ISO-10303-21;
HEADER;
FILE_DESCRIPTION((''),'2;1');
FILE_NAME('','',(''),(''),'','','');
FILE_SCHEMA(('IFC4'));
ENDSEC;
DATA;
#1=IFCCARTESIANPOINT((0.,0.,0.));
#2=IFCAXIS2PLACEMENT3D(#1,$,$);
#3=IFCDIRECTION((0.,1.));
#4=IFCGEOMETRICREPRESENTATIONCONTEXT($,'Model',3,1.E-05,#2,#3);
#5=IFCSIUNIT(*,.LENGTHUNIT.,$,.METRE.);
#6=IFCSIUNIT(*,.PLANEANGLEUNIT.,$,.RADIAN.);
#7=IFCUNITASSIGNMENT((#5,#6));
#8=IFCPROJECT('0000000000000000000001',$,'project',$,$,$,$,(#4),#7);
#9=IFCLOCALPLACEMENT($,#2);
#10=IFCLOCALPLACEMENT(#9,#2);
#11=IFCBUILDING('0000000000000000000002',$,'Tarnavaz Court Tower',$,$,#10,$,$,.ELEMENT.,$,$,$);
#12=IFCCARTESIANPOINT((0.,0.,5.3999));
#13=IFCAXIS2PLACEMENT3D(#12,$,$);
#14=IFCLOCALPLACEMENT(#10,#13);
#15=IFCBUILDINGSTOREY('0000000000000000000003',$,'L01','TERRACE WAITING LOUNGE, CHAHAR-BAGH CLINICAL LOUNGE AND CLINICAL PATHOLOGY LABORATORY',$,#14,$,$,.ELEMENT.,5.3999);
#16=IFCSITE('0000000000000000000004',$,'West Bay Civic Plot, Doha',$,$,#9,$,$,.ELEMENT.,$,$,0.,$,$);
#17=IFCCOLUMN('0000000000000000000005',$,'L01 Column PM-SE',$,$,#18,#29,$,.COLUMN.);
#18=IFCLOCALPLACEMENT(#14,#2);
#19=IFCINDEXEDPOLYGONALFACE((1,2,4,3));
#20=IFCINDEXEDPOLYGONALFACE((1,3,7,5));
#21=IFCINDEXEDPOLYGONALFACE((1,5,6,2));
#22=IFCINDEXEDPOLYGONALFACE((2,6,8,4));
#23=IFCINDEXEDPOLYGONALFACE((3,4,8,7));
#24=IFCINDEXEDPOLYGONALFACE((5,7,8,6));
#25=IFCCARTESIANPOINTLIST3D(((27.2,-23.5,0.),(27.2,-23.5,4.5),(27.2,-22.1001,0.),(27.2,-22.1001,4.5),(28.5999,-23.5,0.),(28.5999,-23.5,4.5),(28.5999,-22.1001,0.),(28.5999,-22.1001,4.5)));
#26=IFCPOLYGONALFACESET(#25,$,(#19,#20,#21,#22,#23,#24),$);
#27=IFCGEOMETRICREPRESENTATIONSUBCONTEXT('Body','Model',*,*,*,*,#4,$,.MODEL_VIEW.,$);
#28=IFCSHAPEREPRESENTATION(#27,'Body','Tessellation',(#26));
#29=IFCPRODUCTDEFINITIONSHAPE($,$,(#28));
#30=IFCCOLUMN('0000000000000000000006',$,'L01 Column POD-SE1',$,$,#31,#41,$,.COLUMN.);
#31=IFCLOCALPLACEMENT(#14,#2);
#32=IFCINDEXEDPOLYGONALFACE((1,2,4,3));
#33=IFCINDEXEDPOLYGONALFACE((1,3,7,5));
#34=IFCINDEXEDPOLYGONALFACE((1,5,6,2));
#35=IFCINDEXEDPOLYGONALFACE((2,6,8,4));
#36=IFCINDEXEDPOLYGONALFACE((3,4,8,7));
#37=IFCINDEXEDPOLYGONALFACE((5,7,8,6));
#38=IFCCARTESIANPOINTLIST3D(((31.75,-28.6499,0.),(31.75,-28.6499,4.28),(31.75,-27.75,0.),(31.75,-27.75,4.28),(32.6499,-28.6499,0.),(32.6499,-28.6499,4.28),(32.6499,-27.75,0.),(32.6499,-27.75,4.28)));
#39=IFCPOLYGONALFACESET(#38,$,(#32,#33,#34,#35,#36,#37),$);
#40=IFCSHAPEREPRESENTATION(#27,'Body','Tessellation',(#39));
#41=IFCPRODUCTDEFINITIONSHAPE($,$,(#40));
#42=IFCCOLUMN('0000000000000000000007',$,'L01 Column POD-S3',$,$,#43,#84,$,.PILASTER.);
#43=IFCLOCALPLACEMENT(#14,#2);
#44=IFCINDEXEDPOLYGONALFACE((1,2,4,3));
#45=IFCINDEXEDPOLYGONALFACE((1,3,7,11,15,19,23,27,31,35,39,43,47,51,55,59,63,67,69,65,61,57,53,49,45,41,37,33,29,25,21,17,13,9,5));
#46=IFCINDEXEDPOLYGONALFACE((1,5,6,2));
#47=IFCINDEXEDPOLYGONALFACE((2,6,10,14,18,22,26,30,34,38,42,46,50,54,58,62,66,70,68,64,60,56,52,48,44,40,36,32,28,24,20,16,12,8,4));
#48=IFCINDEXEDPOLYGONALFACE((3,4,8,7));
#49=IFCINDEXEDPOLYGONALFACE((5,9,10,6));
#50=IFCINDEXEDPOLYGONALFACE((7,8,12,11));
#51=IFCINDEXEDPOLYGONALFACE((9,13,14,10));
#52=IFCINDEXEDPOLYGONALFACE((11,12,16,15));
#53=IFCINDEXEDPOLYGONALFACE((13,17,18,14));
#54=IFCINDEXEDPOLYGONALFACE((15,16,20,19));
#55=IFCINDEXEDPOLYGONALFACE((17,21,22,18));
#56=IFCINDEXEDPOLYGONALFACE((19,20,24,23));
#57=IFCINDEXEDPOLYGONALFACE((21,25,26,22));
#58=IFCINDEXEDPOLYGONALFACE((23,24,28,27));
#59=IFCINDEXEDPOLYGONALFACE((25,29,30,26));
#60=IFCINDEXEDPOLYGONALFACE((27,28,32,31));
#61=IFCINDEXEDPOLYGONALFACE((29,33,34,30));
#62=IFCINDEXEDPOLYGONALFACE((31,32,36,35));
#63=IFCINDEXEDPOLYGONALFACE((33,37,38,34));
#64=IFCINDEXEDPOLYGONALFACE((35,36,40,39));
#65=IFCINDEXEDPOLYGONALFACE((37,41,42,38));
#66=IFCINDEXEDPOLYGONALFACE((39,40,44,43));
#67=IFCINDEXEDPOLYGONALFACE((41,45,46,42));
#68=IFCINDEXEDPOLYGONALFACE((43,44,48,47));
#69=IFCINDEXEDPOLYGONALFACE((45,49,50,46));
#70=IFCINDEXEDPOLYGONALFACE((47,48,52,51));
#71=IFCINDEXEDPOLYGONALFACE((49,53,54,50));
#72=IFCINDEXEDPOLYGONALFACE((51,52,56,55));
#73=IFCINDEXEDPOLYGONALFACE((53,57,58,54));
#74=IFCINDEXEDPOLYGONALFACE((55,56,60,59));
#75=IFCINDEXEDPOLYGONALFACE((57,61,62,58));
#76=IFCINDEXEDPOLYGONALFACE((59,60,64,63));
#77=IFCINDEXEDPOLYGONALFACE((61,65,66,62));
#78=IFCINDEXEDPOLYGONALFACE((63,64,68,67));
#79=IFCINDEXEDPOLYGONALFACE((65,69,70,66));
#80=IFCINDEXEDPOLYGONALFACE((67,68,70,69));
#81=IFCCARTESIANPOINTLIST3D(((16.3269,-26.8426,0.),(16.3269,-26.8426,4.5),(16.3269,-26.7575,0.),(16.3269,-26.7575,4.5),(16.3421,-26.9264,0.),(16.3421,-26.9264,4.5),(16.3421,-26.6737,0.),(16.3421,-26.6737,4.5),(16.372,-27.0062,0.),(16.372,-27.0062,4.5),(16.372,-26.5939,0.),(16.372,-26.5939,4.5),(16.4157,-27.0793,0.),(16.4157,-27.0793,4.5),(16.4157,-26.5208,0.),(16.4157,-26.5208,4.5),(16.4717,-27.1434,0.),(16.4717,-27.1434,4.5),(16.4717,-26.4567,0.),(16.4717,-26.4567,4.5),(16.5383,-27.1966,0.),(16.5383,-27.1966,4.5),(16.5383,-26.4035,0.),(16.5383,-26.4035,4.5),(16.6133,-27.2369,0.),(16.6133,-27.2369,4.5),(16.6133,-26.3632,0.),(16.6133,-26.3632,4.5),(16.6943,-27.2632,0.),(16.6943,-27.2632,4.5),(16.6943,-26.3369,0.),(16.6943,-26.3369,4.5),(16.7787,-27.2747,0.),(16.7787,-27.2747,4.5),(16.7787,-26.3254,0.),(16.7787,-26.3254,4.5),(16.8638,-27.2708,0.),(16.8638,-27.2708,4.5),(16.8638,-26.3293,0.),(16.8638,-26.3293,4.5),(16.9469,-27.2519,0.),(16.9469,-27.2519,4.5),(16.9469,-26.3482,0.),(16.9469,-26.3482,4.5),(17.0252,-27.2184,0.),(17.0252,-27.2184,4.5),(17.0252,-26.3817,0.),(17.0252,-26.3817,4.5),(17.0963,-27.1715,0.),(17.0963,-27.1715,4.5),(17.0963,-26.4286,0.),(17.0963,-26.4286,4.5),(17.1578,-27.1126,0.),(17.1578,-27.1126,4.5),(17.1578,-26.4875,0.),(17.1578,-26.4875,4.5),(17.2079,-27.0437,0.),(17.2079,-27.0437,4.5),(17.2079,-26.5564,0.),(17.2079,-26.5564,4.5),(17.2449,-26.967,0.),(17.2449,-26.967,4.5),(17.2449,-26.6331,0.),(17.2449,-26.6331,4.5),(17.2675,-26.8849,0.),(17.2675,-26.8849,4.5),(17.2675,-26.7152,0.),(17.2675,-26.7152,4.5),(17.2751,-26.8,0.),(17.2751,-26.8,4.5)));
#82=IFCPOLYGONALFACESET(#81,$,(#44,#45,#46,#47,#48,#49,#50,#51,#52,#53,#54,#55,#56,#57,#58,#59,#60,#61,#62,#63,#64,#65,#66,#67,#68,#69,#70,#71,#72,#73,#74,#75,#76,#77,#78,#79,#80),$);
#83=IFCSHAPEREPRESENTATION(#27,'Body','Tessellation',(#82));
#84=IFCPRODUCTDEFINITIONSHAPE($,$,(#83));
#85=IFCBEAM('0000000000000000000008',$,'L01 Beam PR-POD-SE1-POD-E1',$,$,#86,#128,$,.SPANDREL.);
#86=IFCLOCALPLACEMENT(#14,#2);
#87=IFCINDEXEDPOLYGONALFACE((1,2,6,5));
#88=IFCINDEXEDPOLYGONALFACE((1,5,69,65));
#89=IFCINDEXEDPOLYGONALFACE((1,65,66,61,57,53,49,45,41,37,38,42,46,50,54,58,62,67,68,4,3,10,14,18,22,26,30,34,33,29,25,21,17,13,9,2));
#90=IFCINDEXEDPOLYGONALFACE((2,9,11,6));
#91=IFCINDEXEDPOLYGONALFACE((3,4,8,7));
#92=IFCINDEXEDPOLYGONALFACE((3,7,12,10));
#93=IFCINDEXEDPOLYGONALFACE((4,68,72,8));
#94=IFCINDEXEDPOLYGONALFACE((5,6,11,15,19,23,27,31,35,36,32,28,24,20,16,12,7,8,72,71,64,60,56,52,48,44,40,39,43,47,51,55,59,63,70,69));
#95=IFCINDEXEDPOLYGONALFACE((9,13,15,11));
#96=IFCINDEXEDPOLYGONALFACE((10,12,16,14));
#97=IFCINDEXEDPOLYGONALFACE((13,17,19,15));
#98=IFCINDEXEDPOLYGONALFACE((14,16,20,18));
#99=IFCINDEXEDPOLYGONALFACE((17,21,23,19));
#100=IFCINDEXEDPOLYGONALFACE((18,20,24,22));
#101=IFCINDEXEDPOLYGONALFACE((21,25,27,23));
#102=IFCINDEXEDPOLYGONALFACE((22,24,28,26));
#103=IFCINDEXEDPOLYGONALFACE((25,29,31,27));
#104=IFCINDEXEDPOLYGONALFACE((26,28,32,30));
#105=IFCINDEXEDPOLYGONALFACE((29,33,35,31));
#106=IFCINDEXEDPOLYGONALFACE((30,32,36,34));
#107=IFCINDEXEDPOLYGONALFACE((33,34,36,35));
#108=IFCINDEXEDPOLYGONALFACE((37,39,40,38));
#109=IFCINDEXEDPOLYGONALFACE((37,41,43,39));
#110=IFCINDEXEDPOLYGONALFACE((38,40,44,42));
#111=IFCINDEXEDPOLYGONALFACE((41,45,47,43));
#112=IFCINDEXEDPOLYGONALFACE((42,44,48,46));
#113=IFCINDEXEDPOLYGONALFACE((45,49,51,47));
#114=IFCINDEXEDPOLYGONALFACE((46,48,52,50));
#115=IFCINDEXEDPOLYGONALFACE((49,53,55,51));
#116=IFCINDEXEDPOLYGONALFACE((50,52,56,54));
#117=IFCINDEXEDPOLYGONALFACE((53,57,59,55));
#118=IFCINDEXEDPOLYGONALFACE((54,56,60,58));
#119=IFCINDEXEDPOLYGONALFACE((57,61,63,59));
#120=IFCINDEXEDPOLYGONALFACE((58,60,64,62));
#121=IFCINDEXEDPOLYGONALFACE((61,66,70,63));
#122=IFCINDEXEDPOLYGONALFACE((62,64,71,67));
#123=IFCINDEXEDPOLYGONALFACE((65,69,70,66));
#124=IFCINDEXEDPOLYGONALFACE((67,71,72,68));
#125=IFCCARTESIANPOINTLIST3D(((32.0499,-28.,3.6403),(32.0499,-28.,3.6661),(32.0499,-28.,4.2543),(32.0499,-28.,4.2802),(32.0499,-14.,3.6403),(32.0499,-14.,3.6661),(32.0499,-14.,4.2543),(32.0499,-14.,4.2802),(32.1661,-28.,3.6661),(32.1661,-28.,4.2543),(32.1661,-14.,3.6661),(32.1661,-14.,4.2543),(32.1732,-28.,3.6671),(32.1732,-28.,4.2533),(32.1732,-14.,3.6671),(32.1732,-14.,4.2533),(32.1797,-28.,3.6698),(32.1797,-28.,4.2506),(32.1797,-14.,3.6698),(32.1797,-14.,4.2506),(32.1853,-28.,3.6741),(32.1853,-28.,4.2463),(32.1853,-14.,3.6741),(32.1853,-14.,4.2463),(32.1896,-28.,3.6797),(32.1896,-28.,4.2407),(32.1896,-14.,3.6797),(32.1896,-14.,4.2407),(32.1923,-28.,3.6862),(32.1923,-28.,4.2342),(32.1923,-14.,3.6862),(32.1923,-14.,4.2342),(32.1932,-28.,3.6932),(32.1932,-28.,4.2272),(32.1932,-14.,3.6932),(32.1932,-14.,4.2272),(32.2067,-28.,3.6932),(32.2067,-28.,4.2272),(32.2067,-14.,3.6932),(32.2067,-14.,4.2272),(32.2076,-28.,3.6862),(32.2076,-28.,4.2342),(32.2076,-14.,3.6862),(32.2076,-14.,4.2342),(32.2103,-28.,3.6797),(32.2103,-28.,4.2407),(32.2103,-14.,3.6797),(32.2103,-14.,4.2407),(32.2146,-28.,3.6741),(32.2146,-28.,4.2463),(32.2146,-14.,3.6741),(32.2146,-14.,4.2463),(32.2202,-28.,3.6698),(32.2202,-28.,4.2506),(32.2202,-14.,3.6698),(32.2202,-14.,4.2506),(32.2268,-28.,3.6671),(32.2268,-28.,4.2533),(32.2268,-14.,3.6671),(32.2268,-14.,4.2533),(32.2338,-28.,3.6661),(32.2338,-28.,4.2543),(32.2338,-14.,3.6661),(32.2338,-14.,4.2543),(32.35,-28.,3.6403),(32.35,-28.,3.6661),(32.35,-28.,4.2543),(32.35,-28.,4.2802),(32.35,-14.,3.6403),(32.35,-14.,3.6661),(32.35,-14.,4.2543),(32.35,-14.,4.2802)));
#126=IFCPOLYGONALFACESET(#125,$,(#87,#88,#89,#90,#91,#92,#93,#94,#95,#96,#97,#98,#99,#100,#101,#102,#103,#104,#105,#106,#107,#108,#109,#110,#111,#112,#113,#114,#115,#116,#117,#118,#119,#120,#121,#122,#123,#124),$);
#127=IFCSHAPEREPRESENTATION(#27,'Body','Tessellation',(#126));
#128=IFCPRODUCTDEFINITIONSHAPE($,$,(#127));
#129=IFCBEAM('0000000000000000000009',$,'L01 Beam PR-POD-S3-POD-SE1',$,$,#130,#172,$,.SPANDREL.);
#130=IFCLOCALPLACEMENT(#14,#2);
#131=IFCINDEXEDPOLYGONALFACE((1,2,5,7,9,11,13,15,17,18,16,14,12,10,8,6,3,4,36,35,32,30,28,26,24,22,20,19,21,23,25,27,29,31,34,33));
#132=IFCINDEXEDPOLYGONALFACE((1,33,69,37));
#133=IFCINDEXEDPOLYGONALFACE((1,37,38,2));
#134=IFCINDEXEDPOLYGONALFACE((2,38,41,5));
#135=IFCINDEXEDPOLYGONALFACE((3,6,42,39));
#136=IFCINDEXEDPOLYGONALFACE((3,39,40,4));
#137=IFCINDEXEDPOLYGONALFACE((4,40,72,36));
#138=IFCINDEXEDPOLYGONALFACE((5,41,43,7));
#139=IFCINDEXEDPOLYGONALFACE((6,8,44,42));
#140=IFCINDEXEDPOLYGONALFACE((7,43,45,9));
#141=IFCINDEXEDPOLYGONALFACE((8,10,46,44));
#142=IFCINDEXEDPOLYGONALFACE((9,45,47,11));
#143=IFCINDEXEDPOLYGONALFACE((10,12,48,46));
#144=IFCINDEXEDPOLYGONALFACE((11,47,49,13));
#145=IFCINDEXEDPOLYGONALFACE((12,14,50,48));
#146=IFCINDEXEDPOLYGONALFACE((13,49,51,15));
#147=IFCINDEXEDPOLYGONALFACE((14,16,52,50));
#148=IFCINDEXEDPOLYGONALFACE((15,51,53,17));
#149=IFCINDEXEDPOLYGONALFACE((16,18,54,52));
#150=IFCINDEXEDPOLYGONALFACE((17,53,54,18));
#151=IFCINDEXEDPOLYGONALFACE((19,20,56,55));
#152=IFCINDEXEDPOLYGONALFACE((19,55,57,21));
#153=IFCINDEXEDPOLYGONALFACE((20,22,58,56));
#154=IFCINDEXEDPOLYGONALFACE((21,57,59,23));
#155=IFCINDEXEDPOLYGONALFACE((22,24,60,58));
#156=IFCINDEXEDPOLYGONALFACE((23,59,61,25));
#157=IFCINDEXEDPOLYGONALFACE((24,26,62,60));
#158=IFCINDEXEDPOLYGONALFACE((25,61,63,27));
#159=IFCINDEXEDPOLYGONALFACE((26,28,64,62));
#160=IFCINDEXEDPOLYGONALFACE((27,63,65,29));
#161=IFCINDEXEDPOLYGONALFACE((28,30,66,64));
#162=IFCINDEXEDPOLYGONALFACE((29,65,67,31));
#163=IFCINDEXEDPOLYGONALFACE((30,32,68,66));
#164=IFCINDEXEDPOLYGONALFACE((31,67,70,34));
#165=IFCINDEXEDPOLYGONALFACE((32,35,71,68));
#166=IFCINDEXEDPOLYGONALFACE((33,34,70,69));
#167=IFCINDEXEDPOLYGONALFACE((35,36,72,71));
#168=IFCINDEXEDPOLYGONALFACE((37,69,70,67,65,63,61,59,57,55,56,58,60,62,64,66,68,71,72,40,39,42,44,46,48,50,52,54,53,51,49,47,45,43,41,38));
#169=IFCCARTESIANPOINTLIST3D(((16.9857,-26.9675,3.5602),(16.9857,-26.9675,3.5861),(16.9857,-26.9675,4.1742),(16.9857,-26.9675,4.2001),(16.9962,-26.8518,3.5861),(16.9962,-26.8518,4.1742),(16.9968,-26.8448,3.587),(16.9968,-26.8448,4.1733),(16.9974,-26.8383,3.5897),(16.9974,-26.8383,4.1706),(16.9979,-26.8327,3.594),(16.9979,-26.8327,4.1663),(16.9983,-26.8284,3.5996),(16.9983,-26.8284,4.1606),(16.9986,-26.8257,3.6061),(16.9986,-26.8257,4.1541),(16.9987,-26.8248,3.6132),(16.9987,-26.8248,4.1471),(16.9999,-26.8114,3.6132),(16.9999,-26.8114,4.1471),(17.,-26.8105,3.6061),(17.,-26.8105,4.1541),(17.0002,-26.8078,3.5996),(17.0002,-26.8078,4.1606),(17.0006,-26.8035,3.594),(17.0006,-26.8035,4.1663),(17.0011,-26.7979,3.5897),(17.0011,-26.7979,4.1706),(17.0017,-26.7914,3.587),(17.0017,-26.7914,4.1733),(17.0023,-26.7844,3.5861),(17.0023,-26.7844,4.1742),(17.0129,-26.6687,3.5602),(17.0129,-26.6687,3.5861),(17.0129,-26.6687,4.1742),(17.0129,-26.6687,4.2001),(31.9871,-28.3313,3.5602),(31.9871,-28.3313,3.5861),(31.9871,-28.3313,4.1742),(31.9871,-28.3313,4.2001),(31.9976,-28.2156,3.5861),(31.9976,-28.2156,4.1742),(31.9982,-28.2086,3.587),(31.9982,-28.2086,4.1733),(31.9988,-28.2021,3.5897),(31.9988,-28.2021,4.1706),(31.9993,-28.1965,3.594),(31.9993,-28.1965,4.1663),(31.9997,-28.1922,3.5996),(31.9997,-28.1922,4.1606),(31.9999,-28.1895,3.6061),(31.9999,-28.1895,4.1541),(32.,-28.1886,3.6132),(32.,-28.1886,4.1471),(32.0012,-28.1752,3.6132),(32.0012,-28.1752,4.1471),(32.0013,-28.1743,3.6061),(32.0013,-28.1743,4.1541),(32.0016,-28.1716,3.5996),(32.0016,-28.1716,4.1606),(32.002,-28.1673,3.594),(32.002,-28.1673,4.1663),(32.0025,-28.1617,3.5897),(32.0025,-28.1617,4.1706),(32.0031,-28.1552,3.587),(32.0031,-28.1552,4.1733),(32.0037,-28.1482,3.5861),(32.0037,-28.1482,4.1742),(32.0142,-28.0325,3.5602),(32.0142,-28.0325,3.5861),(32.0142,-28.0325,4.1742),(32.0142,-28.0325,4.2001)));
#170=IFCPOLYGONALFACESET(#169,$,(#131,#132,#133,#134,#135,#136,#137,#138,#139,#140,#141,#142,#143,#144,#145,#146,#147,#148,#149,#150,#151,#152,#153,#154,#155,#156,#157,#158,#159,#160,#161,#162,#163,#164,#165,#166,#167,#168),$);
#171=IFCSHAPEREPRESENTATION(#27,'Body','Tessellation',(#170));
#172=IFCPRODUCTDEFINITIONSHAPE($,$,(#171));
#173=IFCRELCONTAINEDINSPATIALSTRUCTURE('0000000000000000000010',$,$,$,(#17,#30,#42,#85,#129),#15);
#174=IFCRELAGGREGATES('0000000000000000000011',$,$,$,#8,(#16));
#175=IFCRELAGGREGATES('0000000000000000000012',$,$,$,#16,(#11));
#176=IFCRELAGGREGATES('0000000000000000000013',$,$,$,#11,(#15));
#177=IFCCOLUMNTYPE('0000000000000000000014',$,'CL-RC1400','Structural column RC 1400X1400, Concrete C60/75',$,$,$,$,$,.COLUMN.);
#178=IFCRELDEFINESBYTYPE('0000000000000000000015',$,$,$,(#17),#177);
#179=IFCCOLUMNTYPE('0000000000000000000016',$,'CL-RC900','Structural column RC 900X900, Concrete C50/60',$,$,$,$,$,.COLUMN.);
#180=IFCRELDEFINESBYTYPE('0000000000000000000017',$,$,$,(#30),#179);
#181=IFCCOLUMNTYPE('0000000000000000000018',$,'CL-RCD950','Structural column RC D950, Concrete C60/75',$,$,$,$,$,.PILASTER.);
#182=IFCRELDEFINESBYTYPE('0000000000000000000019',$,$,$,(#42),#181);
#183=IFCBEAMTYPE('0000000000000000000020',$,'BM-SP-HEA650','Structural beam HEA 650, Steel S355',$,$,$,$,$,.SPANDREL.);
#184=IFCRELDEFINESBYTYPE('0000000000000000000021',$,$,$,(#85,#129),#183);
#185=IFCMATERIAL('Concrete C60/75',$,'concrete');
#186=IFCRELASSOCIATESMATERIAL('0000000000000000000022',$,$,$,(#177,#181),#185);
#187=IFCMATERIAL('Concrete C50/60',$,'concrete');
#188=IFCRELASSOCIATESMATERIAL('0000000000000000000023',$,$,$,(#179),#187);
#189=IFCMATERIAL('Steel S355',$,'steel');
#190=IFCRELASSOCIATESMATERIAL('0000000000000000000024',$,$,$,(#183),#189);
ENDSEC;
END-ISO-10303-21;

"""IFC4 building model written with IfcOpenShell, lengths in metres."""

from ifc_helpers import new_model, si_unit, direction, frame, origin, origin_2d, place, context, subcontext, project, spatial, rectangle, circle, i_section, extrude, material, material_profile, profile_set, type_object, element, save


model = new_model("IFC4")

# Units and contexts
model_context = context("Model", 3, precision=1e-05, world=origin(), true_north=direction((0.0, 1.0)))
body_context = subcontext(model_context, "Body", "Model", "MODEL_VIEW")
ifc_project = project(units=[si_unit("LENGTHUNIT", "METRE"), si_unit("PLANEANGLEUNIT", "RADIAN")], contexts=[model_context])

# Site, building, storey
site_placement = place(None, origin())
site = spatial("IfcSite", under=ifc_project, at=site_placement, Name="West Bay Civic Plot, Doha", CompositionType="ELEMENT", RefElevation=0.0)
building_placement = place(site_placement, origin())
building = spatial("IfcBuilding", under=site, at=building_placement, Name="Tarnavaz Court Tower", CompositionType="ELEMENT")
storey_placement = place(building_placement, frame((0.0, 0.0, 5.3999)))
storey = spatial("IfcBuildingStorey", under=building, at=storey_placement, Name="L01", Description="TERRACE WAITING LOUNGE, CHAHAR-BAGH CLINICAL LOUNGE AND CLINICAL PATHOLOGY LABORATORY", CompositionType="ELEMENT", Elevation=5.3999)

# Columns
ifc_material_1 = material(Name="Concrete C60/75", Category="concrete")
ifc_material_profile_1 = material_profile(ifc_material_1, rectangle(XDim=1.3999, YDim=1.3999, at=origin_2d()), Name="RC 1400X1400")
ifc_profile_set_1 = profile_set([ifc_material_profile_1], Name="Concrete C60/75")
column_type_1 = type_object("IfcColumnType", Name="CL-RC1400", Description="Structural column RC 1400X1400, Concrete C60/75", PredefinedType="COLUMN", material=ifc_profile_set_1)
column_1_placement = place(storey_placement, frame((27.8999, -22.8, 0.0), z_axis=(0.0, 0.0, 1.0), x_axis=(1.0, 0.0, 0.0)))
element("IfcColumn", 1, at=column_1_placement, inside=storey, type_object=column_type_1, Name="L01 Column PM-SE", PredefinedType="COLUMN", context=body_context, shape_type="SweptSolid", body=[
    extrude(rectangle(XDim=1.3999, YDim=1.3999, at=origin_2d()), origin(), (0.0, 0.0, 1.0), 4.5),
])
ifc_material_2 = material(Name="Concrete C50/60", Category="concrete")
ifc_material_profile_2 = material_profile(ifc_material_2, rectangle(XDim=0.8999, YDim=0.8999, at=origin_2d()), Name="RC 900X900")
ifc_profile_set_2 = profile_set([ifc_material_profile_2], Name="Concrete C50/60")
column_type_2 = type_object("IfcColumnType", Name="CL-RC900", Description="Structural column RC 900X900, Concrete C50/60", PredefinedType="COLUMN", material=ifc_profile_set_2)
column_2_placement = place(storey_placement, frame((32.2, -28.2, 0.0), z_axis=(0.0, 0.0, 1.0), x_axis=(1.0, 0.0, 0.0)))
element("IfcColumn", 2, at=column_2_placement, inside=storey, type_object=column_type_2, Name="L01 Column POD-SE1", PredefinedType="COLUMN", context=body_context, shape_type="SweptSolid", body=[
    extrude(rectangle(XDim=0.8999, YDim=0.8999, at=origin_2d()), origin(), (0.0, 0.0, 1.0), 4.28),
])
ifc_material_profile_3 = material_profile(ifc_material_1, circle(Radius=0.4751, at=origin_2d()), Name="RC D950")
ifc_profile_set_3 = profile_set([ifc_material_profile_3], Name="Concrete C60/75")
column_type_3 = type_object("IfcColumnType", Name="CL-RCD950", Description="Structural column RC D950, Concrete C60/75", PredefinedType="PILASTER", material=ifc_profile_set_3)
column_3_placement = place(storey_placement, frame((16.8, -26.8, 0.0), z_axis=(0.0, 0.0, 1.0), x_axis=(1.0, 0.0, 0.0)))
element("IfcColumn", 3, at=column_3_placement, inside=storey, type_object=column_type_3, Name="L01 Column POD-S3", PredefinedType="PILASTER", context=body_context, shape_type="SweptSolid", body=[
    extrude(circle(Radius=0.4751, at=origin_2d()), origin(), (0.0, 0.0, 1.0), 4.5),
])

# Beams
ifc_material_3 = material(Name="Steel S355", Category="steel")
ifc_material_profile_4 = material_profile(ifc_material_3, i_section(OverallWidth=0.3, OverallDepth=0.6399, WebThickness=0.0134, FlangeThickness=0.0259, FilletRadius=0.0271, at=origin_2d()), Name="HEA 650")
ifc_profile_set_4 = profile_set([ifc_material_profile_4], Name="Steel S355")
beam_type = type_object("IfcBeamType", Name="BM-SP-HEA650", Description="Structural beam HEA 650, Steel S355", PredefinedType="SPANDREL", material=ifc_profile_set_4)
beam_1_placement = place(storey_placement, frame((32.2, -28.0, 3.9602), z_axis=(0.0, 1.0, 0.0), x_axis=(-1.0, 0.0, 0.0)))
element("IfcBeam", 4, at=beam_1_placement, inside=storey, type_object=beam_type, Name="L01 Beam PR-POD-SE1-POD-E1", PredefinedType="SPANDREL", context=body_context, shape_type="SweptSolid", body=[
    extrude(i_section(OverallWidth=0.3, OverallDepth=0.6399, WebThickness=0.0134, FlangeThickness=0.0259, FilletRadius=0.0271, at=origin_2d()), origin(), (0.0, 0.0, 1.0), 14.0),
])
beam_2_placement = place(storey_placement, frame((16.9993, -26.8181, 3.8801), z_axis=(0.995893, -0.090536, 0.0), x_axis=(0.090536, 0.995893, 0.0)))
element("IfcBeam", 5, at=beam_2_placement, inside=storey, type_object=beam_type, Name="L01 Beam PR-POD-S3-POD-SE1", PredefinedType="SPANDREL", context=body_context, shape_type="SweptSolid", body=[
    extrude(i_section(OverallWidth=0.3, OverallDepth=0.6399, WebThickness=0.0134, FlangeThickness=0.0259, FilletRadius=0.0271, at=origin_2d()), origin(), (0.0, 0.0, 1.0), 15.0632),
])

save(model, "model.ifc")
